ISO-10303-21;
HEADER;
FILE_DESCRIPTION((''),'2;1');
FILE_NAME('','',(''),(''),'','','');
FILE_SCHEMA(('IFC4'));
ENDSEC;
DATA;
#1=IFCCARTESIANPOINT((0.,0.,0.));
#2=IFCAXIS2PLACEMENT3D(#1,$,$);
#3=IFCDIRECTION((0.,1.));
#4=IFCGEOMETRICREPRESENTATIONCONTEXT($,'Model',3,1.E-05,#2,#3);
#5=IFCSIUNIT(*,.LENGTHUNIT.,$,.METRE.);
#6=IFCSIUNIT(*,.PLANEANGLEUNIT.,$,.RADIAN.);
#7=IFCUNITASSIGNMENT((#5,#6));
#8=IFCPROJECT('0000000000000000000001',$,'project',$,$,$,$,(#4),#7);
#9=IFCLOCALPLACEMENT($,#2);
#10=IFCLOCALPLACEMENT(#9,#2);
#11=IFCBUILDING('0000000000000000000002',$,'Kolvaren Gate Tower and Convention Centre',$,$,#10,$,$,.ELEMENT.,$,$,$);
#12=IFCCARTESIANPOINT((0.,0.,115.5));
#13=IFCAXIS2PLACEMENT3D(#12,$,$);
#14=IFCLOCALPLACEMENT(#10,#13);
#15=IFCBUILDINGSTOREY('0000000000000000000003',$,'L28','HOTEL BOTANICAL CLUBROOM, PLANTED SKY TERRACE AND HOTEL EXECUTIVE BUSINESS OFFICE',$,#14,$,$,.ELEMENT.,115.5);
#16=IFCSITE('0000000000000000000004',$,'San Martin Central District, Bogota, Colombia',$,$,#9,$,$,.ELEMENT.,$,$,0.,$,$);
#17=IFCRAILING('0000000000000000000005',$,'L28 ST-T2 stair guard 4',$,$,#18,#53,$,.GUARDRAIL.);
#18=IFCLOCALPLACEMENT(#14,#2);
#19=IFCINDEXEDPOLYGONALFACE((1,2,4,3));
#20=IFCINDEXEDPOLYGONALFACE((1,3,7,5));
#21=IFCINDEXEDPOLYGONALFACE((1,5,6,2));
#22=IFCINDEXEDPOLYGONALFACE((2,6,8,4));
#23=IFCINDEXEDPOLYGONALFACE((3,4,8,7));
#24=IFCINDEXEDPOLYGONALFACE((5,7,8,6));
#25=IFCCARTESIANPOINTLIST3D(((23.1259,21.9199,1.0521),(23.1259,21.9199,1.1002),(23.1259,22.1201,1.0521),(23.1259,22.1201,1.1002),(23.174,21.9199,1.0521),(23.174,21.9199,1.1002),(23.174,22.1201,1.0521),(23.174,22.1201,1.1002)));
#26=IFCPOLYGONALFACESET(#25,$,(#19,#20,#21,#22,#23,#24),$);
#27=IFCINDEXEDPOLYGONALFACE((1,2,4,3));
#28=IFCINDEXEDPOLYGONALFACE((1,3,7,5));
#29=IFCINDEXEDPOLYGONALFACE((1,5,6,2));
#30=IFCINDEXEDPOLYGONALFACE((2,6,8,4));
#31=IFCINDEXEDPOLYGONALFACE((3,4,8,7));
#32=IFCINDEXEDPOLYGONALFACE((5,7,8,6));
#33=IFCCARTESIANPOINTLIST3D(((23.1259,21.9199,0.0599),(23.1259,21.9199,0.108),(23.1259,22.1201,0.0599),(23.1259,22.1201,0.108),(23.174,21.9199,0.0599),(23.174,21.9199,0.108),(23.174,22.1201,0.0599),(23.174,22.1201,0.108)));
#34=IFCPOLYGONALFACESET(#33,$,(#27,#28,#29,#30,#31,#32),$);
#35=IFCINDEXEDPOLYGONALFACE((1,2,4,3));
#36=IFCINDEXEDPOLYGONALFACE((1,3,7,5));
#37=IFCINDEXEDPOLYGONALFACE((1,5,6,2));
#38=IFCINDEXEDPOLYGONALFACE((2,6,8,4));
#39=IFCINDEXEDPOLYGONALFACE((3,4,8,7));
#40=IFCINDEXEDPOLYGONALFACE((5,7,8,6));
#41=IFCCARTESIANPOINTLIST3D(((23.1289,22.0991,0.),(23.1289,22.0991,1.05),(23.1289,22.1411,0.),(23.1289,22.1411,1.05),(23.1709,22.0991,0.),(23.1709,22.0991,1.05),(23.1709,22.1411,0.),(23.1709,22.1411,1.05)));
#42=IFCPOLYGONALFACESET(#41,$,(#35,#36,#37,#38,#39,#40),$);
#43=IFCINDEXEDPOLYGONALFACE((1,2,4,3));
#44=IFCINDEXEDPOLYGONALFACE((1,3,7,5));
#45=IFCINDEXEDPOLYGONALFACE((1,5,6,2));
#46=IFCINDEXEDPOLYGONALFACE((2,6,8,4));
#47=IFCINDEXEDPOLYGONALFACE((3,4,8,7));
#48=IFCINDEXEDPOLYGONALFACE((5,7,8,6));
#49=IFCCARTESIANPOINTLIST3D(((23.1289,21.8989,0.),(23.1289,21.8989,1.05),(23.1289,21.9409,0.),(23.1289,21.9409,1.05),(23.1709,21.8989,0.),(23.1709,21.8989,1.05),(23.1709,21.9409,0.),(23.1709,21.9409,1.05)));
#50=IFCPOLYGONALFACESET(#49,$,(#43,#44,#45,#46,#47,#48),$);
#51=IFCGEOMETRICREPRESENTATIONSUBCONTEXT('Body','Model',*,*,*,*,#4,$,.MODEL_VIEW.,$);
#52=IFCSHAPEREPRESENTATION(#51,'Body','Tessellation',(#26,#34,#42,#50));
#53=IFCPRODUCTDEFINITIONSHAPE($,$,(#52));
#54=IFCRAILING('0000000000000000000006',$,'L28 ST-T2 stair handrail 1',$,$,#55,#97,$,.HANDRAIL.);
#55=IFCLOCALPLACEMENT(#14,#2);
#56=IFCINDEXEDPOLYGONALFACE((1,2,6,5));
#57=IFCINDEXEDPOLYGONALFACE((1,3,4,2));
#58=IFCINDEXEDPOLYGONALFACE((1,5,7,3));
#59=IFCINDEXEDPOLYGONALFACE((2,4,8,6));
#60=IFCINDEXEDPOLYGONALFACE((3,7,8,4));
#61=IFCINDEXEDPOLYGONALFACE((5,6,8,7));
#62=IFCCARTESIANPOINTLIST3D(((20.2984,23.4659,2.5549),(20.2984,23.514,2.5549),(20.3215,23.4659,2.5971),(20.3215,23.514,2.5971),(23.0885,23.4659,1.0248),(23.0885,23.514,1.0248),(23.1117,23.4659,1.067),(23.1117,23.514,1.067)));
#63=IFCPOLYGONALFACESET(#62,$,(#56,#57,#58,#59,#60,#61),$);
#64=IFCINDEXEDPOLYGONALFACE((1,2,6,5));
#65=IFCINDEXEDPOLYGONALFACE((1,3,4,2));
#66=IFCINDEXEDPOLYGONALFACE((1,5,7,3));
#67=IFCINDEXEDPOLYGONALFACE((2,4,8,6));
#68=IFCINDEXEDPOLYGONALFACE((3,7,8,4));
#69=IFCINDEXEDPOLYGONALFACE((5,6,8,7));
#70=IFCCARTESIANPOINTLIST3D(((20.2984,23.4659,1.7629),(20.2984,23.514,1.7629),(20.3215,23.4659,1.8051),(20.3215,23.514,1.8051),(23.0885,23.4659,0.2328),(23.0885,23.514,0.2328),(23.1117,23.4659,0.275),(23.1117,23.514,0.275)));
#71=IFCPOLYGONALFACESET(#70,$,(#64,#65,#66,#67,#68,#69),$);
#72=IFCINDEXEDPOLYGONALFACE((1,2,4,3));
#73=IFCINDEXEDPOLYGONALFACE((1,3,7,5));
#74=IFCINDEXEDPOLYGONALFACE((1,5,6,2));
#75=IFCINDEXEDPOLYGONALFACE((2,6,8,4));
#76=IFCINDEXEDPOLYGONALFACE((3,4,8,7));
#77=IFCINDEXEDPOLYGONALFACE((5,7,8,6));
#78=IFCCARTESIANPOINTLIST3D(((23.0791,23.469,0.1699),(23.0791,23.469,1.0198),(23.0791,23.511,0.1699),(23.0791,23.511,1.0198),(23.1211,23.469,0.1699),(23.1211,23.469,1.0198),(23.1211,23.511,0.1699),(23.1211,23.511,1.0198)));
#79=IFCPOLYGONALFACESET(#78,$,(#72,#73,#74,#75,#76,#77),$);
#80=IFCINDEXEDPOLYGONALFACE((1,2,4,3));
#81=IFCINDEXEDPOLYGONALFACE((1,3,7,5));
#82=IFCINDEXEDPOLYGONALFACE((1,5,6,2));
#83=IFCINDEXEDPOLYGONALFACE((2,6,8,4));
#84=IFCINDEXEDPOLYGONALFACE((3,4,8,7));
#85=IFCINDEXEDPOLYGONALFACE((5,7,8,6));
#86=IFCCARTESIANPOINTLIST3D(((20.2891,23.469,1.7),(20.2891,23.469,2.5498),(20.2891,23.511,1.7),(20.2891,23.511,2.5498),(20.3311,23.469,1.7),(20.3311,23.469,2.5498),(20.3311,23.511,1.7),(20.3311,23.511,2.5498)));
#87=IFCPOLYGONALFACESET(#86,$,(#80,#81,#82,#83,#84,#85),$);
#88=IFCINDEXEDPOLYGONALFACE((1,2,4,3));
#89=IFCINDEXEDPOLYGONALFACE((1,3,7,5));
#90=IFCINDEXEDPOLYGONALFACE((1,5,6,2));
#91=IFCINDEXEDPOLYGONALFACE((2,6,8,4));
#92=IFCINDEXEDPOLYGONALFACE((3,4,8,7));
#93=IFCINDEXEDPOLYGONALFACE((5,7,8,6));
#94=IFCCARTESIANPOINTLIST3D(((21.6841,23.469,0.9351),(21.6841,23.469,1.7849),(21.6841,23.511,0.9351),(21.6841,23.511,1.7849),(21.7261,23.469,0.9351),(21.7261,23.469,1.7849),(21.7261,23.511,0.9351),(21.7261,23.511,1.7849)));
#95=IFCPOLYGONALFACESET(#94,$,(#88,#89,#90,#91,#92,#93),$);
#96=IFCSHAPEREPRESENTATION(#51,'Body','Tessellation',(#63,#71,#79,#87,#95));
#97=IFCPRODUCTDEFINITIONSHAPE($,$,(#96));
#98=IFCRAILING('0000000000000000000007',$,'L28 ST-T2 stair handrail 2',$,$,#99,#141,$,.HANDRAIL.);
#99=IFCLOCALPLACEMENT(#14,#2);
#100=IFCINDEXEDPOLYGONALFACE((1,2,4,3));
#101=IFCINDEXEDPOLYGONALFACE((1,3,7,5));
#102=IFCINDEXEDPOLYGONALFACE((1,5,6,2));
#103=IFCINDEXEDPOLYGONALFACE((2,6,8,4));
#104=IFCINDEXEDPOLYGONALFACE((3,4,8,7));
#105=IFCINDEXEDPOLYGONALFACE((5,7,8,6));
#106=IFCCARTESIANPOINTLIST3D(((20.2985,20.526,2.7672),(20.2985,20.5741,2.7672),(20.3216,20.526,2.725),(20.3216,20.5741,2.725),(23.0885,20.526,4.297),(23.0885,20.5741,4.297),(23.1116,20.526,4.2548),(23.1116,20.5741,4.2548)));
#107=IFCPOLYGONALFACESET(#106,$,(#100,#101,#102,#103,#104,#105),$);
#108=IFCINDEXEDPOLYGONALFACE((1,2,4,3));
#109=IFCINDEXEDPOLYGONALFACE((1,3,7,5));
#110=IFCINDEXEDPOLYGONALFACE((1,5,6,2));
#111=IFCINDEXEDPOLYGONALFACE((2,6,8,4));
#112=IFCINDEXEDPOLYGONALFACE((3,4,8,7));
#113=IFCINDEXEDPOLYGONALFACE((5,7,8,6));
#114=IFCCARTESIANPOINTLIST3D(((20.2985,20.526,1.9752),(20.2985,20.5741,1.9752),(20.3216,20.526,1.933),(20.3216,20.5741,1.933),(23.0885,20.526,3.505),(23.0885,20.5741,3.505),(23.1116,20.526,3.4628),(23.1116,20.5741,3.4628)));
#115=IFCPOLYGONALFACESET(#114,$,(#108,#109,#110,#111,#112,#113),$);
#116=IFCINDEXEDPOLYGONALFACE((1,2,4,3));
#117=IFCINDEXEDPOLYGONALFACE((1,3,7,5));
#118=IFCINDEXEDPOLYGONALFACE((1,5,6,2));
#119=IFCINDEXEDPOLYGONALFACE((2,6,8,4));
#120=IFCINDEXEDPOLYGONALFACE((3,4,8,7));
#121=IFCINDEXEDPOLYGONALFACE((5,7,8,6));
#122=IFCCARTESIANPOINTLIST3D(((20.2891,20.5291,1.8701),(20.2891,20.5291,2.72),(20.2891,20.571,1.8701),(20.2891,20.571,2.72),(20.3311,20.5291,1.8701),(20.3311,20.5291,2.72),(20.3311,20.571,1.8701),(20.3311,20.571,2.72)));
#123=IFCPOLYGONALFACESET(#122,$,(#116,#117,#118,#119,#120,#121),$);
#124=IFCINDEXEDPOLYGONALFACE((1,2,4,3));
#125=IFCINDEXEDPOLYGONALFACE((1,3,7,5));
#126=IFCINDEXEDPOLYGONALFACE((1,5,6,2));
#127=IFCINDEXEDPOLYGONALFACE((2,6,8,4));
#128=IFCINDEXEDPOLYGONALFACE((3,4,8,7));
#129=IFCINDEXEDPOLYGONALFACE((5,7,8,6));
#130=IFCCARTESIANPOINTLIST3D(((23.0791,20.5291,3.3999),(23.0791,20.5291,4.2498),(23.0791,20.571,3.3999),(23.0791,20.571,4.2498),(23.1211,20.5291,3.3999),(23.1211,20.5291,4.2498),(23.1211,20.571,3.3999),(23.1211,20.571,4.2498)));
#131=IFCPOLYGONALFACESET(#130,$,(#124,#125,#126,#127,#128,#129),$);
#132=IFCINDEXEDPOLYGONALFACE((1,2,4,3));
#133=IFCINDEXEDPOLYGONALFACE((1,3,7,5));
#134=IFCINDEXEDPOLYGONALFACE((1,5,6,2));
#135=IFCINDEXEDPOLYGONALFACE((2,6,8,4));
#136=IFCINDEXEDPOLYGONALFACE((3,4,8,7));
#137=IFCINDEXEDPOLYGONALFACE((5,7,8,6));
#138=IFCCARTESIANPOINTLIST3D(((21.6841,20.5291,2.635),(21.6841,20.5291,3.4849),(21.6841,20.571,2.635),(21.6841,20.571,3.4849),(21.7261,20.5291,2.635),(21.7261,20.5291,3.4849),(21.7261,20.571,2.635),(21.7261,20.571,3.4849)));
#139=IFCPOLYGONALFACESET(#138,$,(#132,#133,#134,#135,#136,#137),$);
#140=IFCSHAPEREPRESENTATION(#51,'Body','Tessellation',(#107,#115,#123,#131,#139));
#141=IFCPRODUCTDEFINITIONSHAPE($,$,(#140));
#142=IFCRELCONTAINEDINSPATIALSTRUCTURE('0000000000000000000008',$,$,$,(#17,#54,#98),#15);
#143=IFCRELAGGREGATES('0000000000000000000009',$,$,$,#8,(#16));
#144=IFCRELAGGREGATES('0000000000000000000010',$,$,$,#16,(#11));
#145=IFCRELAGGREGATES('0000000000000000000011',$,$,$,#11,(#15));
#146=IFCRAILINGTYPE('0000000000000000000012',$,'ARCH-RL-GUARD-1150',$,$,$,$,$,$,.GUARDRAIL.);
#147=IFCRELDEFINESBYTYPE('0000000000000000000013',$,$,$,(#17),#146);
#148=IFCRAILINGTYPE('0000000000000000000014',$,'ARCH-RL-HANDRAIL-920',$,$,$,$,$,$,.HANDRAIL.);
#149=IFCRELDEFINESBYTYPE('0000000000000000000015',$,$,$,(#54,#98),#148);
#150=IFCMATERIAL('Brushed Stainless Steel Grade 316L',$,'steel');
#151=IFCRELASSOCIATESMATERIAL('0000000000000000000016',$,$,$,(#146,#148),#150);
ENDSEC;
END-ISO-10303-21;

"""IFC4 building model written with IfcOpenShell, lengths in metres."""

from ifc_helpers import new_model, si_unit, direction, frame, origin, origin_2d, place, context, subcontext, project, spatial, rectangle, extrude, material, type_object, element, save


model = new_model("IFC4")

# Units and contexts
model_context = context("Model", 3, precision=1e-05, world=origin(), true_north=direction((0.0, 1.0)))
body_context = subcontext(model_context, "Body", "Model", "MODEL_VIEW")
ifc_project = project(units=[si_unit("LENGTHUNIT", "METRE"), si_unit("PLANEANGLEUNIT", "RADIAN")], contexts=[model_context])

# Site, building, storey
site_placement = place(None, origin())
site = spatial("IfcSite", under=ifc_project, at=site_placement, Name="San Martin Central District, Bogota, Colombia", CompositionType="ELEMENT", RefElevation=0.0)
building_placement = place(site_placement, origin())
building = spatial("IfcBuilding", under=site, at=building_placement, Name="Kolvaren Gate Tower and Convention Centre", CompositionType="ELEMENT")
storey_placement = place(building_placement, frame((0.0, 0.0, 115.5)))
storey = spatial("IfcBuildingStorey", under=building, at=storey_placement, Name="L28", Description="HOTEL BOTANICAL CLUBROOM, PLANTED SKY TERRACE AND HOTEL EXECUTIVE BUSINESS OFFICE", CompositionType="ELEMENT", Elevation=115.5)

# Shared definitions
ifc_material_1 = material(Name="Brushed Stainless Steel Grade 316L", Category="steel")

# Railings
railing_type_1 = type_object("IfcRailingType", Name="ARCH-RL-GUARD-1150", PredefinedType="GUARDRAIL", material=ifc_material_1)
railing_1_placement = place(storey_placement, frame((23.1499, 22.1201, 0.0)))
element("IfcRailing", 1, at=railing_1_placement, inside=storey, type_object=railing_type_1, Name="L28 ST-T2 stair guard 4", PredefinedType="GUARDRAIL", context=body_context, shape_type="SweptSolid", body=[
    extrude(rectangle(XDim=0.0481, YDim=0.0481, at=origin_2d()), frame((0.0, 0.0, 1.0762), z_axis=(0.0, -1.0, 0.0), x_axis=(1.0, 0.0, 0.0)), (0.0, 0.0, 1.0), 0.2002),
    extrude(rectangle(XDim=0.0481, YDim=0.0481, at=origin_2d()), frame((0.0, 0.0, 0.084), z_axis=(0.0, -1.0, 0.0), x_axis=(1.0, 0.0, 0.0)), (0.0, 0.0, 1.0), 0.2002),
    extrude(rectangle(XDim=0.042, YDim=0.042, at=origin_2d()), origin(), (0.0, 0.0, 1.0), 1.05),
    extrude(rectangle(XDim=0.042, YDim=0.042, at=origin_2d()), frame((0.0, -0.2002, 0.0)), (0.0, 0.0, 1.0), 1.05),
])
railing_type_2 = type_object("IfcRailingType", Name="ARCH-RL-HANDRAIL-920", PredefinedType="HANDRAIL", material=ifc_material_1)
railing_2_placement = place(storey_placement, frame((23.1001, 23.49, 0.1699)))
element("IfcRailing", 2, at=railing_2_placement, inside=storey, type_object=railing_type_2, Name="L28 ST-T2 stair handrail 1", PredefinedType="HANDRAIL", context=body_context, shape_type="SweptSolid", body=[
    extrude(rectangle(XDim=0.0481, YDim=0.0481, at=origin_2d()), frame((0.0, 0.0, 0.876), z_axis=(-0.876811, 0.0, 0.480835), x_axis=(0.0, -1.0, 0.0)), (0.0, 0.0, 1.0), 3.1821),
    extrude(rectangle(XDim=0.0481, YDim=0.0481, at=origin_2d()), frame((0.0, 0.0, 0.084), z_axis=(-0.876811, 0.0, 0.480835), x_axis=(0.0, -1.0, 0.0)), (0.0, 0.0, 1.0), 3.1821),
    extrude(rectangle(XDim=0.042, YDim=0.042, at=origin_2d()), origin(), (0.0, 0.0, 1.0), 0.8499),
    extrude(rectangle(XDim=0.042, YDim=0.042, at=origin_2d()), frame((-2.79, 0.0, 1.53)), (0.0, 0.0, 1.0), 0.8499),
    extrude(rectangle(XDim=0.042, YDim=0.042, at=origin_2d()), frame((-1.395, 0.0, 0.7651)), (0.0, 0.0, 1.0), 0.8499),
])
railing_3_placement = place(storey_placement, frame((20.3101, 20.55, 1.8701)))
element("IfcRailing", 3, at=railing_3_placement, inside=storey, type_object=railing_type_2, Name="L28 ST-T2 stair handrail 2", PredefinedType="HANDRAIL", context=body_context, shape_type="SweptSolid", body=[
    extrude(rectangle(XDim=0.0481, YDim=0.0481, at=origin_2d()), frame((0.0, 0.0, 0.876), z_axis=(0.876844, 0.0, 0.480776), x_axis=(0.0, 1.0, 0.0)), (0.0, 0.0, 1.0), 3.1819),
    extrude(rectangle(XDim=0.0481, YDim=0.0481, at=origin_2d()), frame((0.0, 0.0, 0.084), z_axis=(0.876844, 0.0, 0.480776), x_axis=(0.0, 1.0, 0.0)), (0.0, 0.0, 1.0), 3.1819),
    extrude(rectangle(XDim=0.042, YDim=0.042, at=origin_2d()), origin(), (0.0, 0.0, 1.0), 0.8499),
    extrude(rectangle(XDim=0.042, YDim=0.042, at=origin_2d()), frame((2.79, 0.0, 1.5298)), (0.0, 0.0, 1.0), 0.8499),
    extrude(rectangle(XDim=0.042, YDim=0.042, at=origin_2d()), frame((1.395, 0.0, 0.7649)), (0.0, 0.0, 1.0), 0.8499),
])

save(model, "model.ifc")
